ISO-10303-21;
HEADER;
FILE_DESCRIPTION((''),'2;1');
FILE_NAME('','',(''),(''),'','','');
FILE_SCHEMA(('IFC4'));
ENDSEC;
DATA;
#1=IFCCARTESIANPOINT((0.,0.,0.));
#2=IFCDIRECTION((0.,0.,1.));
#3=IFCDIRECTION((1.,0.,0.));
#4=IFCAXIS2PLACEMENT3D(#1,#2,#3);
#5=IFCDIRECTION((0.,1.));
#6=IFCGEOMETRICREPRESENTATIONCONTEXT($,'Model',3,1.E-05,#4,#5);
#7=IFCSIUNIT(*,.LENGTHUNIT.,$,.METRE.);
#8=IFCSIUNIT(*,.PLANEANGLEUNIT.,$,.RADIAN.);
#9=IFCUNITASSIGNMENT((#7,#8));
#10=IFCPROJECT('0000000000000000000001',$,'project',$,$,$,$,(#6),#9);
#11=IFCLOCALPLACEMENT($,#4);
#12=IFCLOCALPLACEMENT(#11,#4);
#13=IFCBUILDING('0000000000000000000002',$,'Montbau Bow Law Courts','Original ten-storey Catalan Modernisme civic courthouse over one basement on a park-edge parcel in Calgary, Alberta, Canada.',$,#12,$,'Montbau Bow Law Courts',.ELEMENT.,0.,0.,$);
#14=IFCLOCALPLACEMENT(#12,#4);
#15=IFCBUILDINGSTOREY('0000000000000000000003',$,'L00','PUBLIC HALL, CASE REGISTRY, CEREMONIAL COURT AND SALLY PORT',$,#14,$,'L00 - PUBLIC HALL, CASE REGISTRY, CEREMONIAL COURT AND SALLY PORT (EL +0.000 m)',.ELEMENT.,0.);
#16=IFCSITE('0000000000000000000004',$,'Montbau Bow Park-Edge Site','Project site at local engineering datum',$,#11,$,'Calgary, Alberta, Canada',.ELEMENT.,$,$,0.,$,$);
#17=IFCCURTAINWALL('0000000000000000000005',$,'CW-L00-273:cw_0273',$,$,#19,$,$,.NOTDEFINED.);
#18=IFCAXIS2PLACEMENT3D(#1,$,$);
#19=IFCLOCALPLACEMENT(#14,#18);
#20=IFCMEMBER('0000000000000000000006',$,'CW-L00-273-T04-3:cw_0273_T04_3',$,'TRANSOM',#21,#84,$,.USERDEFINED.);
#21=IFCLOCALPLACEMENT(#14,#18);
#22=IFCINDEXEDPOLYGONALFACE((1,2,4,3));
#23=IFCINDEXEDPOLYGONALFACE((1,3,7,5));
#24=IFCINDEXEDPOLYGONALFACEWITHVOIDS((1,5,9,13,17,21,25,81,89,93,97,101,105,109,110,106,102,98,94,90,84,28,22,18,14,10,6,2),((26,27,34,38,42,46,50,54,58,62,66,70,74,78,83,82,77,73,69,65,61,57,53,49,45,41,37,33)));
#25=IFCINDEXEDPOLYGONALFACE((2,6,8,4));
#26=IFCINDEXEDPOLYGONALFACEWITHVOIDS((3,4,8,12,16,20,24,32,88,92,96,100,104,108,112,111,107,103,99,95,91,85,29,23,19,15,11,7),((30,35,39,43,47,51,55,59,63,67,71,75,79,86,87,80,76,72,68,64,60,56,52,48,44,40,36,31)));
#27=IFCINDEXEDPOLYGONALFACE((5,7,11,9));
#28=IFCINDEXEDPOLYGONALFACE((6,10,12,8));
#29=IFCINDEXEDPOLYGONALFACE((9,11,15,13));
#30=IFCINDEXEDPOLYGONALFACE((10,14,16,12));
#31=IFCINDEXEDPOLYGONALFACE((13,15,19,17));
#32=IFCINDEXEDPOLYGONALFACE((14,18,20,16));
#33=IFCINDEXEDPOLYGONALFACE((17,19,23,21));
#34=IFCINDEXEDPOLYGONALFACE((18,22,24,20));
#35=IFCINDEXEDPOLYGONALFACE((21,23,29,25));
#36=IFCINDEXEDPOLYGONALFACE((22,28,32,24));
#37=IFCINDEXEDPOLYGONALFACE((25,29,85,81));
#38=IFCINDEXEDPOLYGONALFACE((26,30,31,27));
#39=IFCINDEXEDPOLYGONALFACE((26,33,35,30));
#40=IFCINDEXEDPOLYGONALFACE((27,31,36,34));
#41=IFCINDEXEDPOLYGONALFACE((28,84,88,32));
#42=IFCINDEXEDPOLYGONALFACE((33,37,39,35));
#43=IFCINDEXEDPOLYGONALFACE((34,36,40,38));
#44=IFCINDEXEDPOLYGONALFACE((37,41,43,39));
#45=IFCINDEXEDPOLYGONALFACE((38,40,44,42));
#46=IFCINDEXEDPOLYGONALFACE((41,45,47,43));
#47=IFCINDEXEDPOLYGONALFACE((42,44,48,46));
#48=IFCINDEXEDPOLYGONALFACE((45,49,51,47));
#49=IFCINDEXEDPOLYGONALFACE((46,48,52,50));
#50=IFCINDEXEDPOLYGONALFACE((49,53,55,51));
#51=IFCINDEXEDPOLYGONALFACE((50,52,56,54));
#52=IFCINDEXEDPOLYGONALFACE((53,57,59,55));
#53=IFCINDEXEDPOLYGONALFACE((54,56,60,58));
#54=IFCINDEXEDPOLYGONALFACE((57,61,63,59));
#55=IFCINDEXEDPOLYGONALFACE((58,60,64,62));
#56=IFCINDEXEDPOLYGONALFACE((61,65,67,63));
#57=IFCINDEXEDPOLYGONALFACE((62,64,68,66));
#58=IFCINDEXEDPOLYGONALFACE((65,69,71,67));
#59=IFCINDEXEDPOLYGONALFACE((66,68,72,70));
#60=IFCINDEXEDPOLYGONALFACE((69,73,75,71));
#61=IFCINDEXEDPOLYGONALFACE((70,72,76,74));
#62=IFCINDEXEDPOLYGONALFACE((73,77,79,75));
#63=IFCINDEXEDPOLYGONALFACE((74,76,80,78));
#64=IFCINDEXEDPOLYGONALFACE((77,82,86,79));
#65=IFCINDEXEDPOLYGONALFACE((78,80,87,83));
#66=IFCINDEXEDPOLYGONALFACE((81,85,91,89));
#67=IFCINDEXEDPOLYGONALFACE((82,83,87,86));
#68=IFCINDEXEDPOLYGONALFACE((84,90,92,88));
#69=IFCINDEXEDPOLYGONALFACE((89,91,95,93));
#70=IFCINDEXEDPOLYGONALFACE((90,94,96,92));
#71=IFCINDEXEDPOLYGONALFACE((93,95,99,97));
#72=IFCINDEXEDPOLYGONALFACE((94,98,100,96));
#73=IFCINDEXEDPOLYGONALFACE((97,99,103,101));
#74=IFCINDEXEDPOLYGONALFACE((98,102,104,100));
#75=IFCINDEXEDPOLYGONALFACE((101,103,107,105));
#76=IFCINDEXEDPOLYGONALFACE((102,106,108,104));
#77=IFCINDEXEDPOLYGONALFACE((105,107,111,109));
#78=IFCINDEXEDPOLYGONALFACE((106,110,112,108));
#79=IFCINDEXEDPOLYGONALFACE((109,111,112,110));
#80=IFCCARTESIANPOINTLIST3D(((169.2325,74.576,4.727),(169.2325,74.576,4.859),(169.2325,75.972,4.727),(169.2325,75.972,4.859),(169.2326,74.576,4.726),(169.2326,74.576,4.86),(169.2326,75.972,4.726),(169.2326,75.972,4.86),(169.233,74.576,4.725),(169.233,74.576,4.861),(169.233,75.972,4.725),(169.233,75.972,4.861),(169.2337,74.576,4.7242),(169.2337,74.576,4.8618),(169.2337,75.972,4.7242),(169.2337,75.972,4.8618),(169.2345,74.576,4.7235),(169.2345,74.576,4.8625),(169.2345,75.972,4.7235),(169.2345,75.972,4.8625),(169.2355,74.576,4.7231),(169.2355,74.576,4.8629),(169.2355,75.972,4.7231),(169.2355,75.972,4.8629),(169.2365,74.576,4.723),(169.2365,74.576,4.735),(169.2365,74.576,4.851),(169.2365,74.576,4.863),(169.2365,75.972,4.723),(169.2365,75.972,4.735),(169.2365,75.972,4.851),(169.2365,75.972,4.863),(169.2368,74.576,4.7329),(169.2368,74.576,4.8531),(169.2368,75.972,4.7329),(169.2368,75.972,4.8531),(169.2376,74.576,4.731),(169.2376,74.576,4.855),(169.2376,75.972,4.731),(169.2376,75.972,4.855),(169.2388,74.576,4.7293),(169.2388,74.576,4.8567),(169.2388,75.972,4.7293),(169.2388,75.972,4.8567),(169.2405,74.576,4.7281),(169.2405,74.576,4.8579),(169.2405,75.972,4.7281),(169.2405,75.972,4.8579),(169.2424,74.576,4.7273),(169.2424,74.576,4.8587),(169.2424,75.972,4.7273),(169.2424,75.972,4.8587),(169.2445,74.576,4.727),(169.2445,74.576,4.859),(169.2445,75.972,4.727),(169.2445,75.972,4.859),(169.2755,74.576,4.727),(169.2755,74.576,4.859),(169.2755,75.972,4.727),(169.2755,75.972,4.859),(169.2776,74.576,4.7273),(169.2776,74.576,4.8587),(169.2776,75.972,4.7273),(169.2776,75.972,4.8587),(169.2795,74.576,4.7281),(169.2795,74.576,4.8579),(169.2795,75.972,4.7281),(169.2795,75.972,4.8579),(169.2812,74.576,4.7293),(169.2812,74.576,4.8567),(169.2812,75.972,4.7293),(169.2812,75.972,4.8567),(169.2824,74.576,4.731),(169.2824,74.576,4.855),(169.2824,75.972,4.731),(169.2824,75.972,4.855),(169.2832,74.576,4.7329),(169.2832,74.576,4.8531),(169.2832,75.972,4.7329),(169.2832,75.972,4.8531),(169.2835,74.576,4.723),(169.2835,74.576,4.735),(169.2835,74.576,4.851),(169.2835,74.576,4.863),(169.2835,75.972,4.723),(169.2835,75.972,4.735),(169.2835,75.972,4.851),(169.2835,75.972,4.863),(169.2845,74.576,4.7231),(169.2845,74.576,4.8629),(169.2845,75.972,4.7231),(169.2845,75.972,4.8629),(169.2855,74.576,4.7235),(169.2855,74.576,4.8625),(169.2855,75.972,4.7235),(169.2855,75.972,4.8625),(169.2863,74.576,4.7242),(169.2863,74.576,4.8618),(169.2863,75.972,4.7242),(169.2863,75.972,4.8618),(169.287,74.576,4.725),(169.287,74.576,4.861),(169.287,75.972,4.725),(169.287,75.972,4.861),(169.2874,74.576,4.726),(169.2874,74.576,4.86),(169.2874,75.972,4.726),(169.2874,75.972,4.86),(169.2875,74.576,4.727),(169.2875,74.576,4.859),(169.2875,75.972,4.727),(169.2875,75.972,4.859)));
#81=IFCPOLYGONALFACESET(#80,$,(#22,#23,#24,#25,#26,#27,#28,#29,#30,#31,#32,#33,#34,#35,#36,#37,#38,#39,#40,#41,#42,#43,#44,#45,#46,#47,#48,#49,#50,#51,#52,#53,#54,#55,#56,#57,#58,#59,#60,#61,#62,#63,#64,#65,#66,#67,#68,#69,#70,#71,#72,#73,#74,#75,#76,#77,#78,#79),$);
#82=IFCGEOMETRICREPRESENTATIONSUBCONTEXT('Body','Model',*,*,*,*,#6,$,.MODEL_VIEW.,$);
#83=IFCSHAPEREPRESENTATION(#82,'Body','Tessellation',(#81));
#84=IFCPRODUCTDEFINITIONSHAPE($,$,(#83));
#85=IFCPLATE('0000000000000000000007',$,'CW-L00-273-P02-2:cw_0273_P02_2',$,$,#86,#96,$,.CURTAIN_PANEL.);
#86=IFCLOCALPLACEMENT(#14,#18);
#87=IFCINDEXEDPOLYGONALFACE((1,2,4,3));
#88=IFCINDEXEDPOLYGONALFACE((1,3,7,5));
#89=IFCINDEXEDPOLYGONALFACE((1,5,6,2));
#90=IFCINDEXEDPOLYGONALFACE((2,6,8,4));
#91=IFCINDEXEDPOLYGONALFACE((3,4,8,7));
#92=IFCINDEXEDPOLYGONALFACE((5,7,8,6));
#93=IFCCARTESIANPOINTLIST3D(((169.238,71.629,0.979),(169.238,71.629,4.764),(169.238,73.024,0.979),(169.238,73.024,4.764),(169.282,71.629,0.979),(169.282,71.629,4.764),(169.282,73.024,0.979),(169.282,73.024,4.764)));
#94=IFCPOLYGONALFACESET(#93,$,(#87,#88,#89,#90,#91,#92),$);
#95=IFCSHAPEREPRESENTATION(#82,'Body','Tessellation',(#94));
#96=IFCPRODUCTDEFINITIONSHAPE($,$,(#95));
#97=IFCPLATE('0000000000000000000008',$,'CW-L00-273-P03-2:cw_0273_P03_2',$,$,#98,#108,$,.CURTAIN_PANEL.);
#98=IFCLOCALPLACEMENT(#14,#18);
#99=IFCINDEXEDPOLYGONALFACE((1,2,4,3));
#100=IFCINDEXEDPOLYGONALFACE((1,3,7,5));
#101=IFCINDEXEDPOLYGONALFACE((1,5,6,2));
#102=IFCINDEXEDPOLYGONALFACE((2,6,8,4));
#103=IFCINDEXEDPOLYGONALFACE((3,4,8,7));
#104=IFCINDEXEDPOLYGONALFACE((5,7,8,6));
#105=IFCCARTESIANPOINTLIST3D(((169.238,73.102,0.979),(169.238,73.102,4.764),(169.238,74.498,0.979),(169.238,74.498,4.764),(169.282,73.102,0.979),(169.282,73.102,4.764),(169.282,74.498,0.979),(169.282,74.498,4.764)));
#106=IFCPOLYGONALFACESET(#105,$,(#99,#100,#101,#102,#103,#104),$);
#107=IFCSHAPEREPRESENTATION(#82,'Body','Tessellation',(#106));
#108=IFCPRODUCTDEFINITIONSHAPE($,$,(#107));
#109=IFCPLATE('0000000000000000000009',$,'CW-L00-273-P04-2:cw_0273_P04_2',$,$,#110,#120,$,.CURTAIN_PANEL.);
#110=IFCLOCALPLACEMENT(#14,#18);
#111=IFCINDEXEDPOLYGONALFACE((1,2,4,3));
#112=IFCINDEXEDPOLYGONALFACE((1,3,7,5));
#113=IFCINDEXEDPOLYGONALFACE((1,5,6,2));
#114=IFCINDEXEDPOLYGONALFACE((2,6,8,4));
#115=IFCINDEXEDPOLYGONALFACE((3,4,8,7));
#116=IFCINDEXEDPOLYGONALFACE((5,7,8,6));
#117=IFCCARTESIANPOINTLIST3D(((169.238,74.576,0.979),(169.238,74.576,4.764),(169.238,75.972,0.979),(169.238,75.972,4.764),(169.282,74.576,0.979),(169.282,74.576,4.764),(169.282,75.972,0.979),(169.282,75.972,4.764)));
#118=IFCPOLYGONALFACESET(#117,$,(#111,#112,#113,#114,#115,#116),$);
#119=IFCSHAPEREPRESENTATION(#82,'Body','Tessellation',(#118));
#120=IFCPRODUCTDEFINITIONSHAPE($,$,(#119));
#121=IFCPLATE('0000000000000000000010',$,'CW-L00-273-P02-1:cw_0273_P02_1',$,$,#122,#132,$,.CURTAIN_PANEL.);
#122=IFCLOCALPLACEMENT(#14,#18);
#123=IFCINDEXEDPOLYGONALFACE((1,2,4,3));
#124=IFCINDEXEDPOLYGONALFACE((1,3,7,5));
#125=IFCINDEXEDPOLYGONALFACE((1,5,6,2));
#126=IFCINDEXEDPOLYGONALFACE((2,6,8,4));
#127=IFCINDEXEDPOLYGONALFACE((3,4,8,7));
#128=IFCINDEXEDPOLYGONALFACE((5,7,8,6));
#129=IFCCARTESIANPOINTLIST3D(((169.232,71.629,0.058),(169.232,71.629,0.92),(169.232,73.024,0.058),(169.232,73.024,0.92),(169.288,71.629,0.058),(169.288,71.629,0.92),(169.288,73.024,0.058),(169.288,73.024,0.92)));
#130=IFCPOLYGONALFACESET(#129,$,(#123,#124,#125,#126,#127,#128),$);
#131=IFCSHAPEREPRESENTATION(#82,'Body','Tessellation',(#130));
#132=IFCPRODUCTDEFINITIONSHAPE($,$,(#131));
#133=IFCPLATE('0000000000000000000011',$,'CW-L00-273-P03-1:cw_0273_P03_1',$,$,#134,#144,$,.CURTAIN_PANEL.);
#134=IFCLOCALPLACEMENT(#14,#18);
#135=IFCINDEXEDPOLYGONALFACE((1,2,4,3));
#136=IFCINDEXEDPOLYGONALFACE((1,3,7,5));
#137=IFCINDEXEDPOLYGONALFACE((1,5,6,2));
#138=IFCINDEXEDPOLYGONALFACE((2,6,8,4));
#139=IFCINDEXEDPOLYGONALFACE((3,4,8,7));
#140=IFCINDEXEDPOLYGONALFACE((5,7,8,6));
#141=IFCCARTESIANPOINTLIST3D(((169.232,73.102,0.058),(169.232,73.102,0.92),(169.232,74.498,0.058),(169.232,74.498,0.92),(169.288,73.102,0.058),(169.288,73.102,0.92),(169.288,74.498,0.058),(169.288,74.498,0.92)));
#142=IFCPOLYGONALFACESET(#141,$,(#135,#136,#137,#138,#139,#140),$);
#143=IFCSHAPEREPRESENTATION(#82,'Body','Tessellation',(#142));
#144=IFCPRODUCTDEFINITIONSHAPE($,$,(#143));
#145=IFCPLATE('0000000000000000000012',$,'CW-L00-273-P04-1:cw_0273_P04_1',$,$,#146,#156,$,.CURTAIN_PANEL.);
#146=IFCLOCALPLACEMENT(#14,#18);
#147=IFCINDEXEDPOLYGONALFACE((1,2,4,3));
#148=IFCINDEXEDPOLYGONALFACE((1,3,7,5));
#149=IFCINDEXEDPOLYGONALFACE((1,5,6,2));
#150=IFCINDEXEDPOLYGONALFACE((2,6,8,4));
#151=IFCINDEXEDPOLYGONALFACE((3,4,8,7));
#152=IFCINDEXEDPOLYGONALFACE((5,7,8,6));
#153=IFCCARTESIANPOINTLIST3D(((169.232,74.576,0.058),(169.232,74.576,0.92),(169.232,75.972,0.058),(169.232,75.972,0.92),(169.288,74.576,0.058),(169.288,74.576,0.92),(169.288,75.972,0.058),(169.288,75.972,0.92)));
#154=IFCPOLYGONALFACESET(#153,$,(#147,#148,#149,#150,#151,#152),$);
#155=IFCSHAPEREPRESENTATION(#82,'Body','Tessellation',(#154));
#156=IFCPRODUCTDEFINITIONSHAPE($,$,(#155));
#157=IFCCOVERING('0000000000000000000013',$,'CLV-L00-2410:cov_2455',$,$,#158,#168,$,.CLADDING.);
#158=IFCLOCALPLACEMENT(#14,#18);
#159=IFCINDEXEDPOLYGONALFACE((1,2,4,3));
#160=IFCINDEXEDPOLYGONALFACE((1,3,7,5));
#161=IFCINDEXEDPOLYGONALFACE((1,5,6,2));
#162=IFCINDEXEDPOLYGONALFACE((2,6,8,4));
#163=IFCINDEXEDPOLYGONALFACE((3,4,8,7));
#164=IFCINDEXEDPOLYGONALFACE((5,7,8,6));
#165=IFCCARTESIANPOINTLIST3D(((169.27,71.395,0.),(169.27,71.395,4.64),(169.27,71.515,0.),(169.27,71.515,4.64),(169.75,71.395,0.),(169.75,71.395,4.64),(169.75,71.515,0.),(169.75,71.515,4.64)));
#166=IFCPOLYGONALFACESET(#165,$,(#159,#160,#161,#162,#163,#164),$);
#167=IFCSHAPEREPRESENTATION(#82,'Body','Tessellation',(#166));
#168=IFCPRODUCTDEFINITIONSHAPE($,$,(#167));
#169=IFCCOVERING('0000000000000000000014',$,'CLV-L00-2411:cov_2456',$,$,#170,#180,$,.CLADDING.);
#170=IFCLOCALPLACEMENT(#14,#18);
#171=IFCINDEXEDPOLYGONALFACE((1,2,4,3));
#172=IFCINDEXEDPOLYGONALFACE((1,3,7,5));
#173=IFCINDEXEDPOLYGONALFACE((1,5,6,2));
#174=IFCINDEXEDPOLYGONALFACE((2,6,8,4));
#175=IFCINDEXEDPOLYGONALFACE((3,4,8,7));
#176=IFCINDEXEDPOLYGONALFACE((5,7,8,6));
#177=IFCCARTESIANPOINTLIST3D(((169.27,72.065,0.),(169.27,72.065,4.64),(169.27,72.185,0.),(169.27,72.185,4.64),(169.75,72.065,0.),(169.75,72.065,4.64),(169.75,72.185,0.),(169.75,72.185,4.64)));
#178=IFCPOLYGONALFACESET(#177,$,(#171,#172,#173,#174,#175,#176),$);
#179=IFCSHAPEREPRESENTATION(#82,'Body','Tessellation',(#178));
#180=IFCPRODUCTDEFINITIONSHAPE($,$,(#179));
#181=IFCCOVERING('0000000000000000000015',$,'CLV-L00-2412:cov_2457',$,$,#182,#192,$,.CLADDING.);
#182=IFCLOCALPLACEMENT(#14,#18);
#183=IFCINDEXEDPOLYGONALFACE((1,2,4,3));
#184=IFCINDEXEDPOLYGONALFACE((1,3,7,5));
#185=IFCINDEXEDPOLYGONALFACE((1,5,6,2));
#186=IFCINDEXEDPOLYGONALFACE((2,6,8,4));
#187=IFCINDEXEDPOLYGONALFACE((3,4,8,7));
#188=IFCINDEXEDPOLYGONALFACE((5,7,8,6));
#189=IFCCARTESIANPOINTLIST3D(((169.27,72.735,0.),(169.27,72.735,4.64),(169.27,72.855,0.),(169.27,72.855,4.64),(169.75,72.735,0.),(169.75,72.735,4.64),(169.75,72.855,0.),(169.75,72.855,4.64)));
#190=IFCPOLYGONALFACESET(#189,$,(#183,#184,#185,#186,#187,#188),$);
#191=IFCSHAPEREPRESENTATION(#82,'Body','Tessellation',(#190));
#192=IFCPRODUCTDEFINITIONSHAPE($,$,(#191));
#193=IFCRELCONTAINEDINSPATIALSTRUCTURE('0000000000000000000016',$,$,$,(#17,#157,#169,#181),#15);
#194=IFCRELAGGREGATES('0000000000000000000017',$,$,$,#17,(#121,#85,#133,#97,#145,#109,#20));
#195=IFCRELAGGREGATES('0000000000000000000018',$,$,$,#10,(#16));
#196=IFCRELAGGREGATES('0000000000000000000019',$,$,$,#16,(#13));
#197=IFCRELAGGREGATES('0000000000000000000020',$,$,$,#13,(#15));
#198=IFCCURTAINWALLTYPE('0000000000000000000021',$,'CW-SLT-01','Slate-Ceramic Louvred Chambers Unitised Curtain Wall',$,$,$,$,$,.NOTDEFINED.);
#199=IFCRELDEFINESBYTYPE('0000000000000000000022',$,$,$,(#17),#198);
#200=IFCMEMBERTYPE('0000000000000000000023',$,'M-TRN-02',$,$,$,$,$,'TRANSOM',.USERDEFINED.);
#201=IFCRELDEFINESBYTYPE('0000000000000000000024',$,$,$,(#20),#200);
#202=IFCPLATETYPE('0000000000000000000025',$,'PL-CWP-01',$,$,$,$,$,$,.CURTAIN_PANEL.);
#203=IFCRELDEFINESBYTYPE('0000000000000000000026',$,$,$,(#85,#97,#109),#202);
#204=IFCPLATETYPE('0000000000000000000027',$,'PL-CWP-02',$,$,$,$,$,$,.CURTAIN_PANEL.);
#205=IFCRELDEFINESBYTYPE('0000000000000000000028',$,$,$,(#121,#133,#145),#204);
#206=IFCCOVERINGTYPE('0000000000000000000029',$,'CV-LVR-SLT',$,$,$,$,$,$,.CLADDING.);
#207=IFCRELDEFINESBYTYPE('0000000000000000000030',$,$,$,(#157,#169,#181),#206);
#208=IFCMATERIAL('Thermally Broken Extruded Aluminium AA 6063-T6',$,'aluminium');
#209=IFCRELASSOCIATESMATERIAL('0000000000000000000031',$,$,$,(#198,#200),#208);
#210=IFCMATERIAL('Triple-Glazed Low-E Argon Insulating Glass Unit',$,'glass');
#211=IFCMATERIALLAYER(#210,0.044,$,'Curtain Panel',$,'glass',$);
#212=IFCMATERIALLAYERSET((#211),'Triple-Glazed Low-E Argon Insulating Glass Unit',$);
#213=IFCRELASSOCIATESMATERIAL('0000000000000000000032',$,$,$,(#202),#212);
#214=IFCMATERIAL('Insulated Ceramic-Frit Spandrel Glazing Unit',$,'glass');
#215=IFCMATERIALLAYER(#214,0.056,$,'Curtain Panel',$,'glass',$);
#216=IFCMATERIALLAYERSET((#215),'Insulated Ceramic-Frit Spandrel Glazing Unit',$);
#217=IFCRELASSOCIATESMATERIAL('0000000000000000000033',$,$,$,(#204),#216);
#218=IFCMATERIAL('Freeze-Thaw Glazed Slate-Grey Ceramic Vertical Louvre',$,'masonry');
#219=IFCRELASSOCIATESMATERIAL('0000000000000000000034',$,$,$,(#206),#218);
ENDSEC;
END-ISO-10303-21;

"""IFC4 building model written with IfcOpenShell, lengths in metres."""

from ifc_helpers import new_model, si_unit, direction, frame, frame_2d, origin_with_axes, origin_2d_with_axis, place, context, subcontext, project, spatial, rectangle, hollow_rectangle, extrude, material, layer, layer_set, material_profile, profile_set, type_object, element, aggregate, save


model = new_model("IFC4")

# Units and contexts
model_context = context("Model", 3, precision=1e-05, world=origin_with_axes(), true_north=direction((0.0, 1.0)))
body_context = subcontext(model_context, "Body", "Model", "MODEL_VIEW")
ifc_project = project(units=[si_unit("LENGTHUNIT", "METRE"), si_unit("PLANEANGLEUNIT", "RADIAN")], contexts=[model_context])

# Site, building, storey
site_placement = place(None, origin_with_axes())
site = spatial("IfcSite", under=ifc_project, at=site_placement, Name="Montbau Bow Park-Edge Site", Description="Project site at local engineering datum", LongName="Calgary, Alberta, Canada", CompositionType="ELEMENT", RefElevation=0.0)
building_placement = place(site_placement, origin_with_axes())
building = spatial("IfcBuilding", under=site, at=building_placement, Name="Montbau Bow Law Courts", Description="Original ten-storey Catalan Modernisme civic courthouse over one basement on a park-edge parcel in Calgary, Alberta, Canada.", LongName="Montbau Bow Law Courts", CompositionType="ELEMENT", ElevationOfRefHeight=0.0, ElevationOfTerrain=0.0)
storey_placement = place(building_placement, origin_with_axes())
storey = spatial("IfcBuildingStorey", under=building, at=storey_placement, Name="L00", Description="PUBLIC HALL, CASE REGISTRY, CEREMONIAL COURT AND SALLY PORT", LongName="L00 - PUBLIC HALL, CASE REGISTRY, CEREMONIAL COURT AND SALLY PORT (EL +0.000 m)", CompositionType="ELEMENT", Elevation=0.0)

# Curtain wall, member, plates
ifc_material_1 = material(Name="Thermally Broken Extruded Aluminium AA 6063-T6", Category="aluminium")
curtain_wall_type = type_object("IfcCurtainWallType", Name="CW-SLT-01", Description="Slate-Ceramic Louvred Chambers Unitised Curtain Wall", PredefinedType="NOTDEFINED", material=ifc_material_1)
curtain_wall_placement = place(None, frame((169.26, 70.115, 0.0), z_axis=(0.0, 0.0, 1.0), x_axis=(1.0, 0.0, 0.0)))
curtain_wall = element("IfcCurtainWall", 1, at=curtain_wall_placement, inside=storey, type_object=curtain_wall_type, Name="CW-L00-273:cw_0273", PredefinedType="NOTDEFINED")
ifc_material_profile_1 = material_profile(ifc_material_1, hollow_rectangle(XDim=0.055, YDim=0.14, WallThickness=0.004, InnerFilletRadius=0.008, OuterFilletRadius=0.004, at=origin_2d_with_axis()), Name="CWT-140X55", Category="Main", Priority=0)
ifc_profile_set_1 = profile_set([ifc_material_profile_1], Name="Thermally Broken Extruded Aluminium AA 6063-T6")
member_type_1 = type_object("IfcMemberType", Name="M-TRN-02", ElementType="TRANSOM", PredefinedType="USERDEFINED", material=ifc_profile_set_1)
member_1_placement = place(None, frame((169.26, 74.576, 4.793), z_axis=(0.0, 1.0, 0.0), x_axis=(-1.0, 0.0, 0.0)))
member_1 = element("IfcMember", 2, at=member_1_placement, type_object=member_type_1, Name="CW-L00-273-T04-3:cw_0273_T04_3", ObjectType="TRANSOM", PredefinedType="USERDEFINED", context=body_context, shape_type="SweptSolid", body=[
    extrude(hollow_rectangle(XDim=0.055, YDim=0.14, WallThickness=0.004, InnerFilletRadius=0.008, OuterFilletRadius=0.004, at=origin_2d_with_axis()), origin_with_axes(), (0.0, 0.0, 1.0), 1.396),
])
ifc_material_2 = material(Name="Triple-Glazed Low-E Argon Insulating Glass Unit", Category="glass")
ifc_layer_1 = layer(ifc_material_2, 0.044, Name="Curtain Panel", Category="glass")
ifc_layer_set_1 = layer_set([ifc_layer_1], Name="Triple-Glazed Low-E Argon Insulating Glass Unit")
plate_type_1 = type_object("IfcPlateType", Name="PL-CWP-01", PredefinedType="CURTAIN_PANEL", material=ifc_layer_set_1)
plate_1_placement = place(None, frame((169.26, 71.629, 0.979), z_axis=(1.0, 0.0, 0.0), x_axis=(0.0, 1.0, 0.0)))
plate_1 = element("IfcPlate", 3, at=plate_1_placement, type_object=plate_type_1, Name="CW-L00-273-P02-2:cw_0273_P02_2", PredefinedType="CURTAIN_PANEL", context=body_context, shape_type="SweptSolid", body=[
    extrude(rectangle(XDim=1.395, YDim=3.785, at=frame_2d((0.6975, 1.8925), x_axis=(1.0, 0.0))), frame((0.0, 0.0, -0.022), z_axis=(0.0, 0.0, 1.0), x_axis=(1.0, 0.0, 0.0)), (0.0, 0.0, 1.0), 0.044),
])
plate_2_placement = place(None, frame((169.26, 73.102, 0.979), z_axis=(1.0, 0.0, 0.0), x_axis=(0.0, 1.0, 0.0)))
plate_2 = element("IfcPlate", 4, at=plate_2_placement, type_object=plate_type_1, Name="CW-L00-273-P03-2:cw_0273_P03_2", PredefinedType="CURTAIN_PANEL", context=body_context, shape_type="SweptSolid", body=[
    extrude(rectangle(XDim=1.396, YDim=3.785, at=frame_2d((0.698, 1.8925), x_axis=(1.0, 0.0))), frame((0.0, 0.0, -0.022), z_axis=(0.0, 0.0, 1.0), x_axis=(1.0, 0.0, 0.0)), (0.0, 0.0, 1.0), 0.044),
])
plate_3_placement = place(None, frame((169.26, 74.576, 0.979), z_axis=(1.0, 0.0, 0.0), x_axis=(0.0, 1.0, 0.0)))
plate_3 = element("IfcPlate", 5, at=plate_3_placement, type_object=plate_type_1, Name="CW-L00-273-P04-2:cw_0273_P04_2", PredefinedType="CURTAIN_PANEL", context=body_context, shape_type="SweptSolid", body=[
    extrude(rectangle(XDim=1.396, YDim=3.785, at=frame_2d((0.698, 1.8925), x_axis=(1.0, 0.0))), frame((0.0, 0.0, -0.022), z_axis=(0.0, 0.0, 1.0), x_axis=(1.0, 0.0, 0.0)), (0.0, 0.0, 1.0), 0.044),
])
ifc_material_3 = material(Name="Insulated Ceramic-Frit Spandrel Glazing Unit", Category="glass")
ifc_layer_2 = layer(ifc_material_3, 0.056, Name="Curtain Panel", Category="glass")
ifc_layer_set_2 = layer_set([ifc_layer_2], Name="Insulated Ceramic-Frit Spandrel Glazing Unit")
plate_type_2 = type_object("IfcPlateType", Name="PL-CWP-02", PredefinedType="CURTAIN_PANEL", material=ifc_layer_set_2)
plate_4_placement = place(None, frame((169.26, 71.629, 0.058), z_axis=(1.0, 0.0, 0.0), x_axis=(0.0, 1.0, 0.0)))
plate_4 = element("IfcPlate", 6, at=plate_4_placement, type_object=plate_type_2, Name="CW-L00-273-P02-1:cw_0273_P02_1", PredefinedType="CURTAIN_PANEL", context=body_context, shape_type="SweptSolid", body=[
    extrude(rectangle(XDim=1.395, YDim=0.862, at=frame_2d((0.6975, 0.431), x_axis=(1.0, 0.0))), frame((0.0, 0.0, -0.028), z_axis=(0.0, 0.0, 1.0), x_axis=(1.0, 0.0, 0.0)), (0.0, 0.0, 1.0), 0.056),
])
plate_5_placement = place(None, frame((169.26, 73.102, 0.058), z_axis=(1.0, 0.0, 0.0), x_axis=(0.0, 1.0, 0.0)))
plate_5 = element("IfcPlate", 7, at=plate_5_placement, type_object=plate_type_2, Name="CW-L00-273-P03-1:cw_0273_P03_1", PredefinedType="CURTAIN_PANEL", context=body_context, shape_type="SweptSolid", body=[
    extrude(rectangle(XDim=1.396, YDim=0.862, at=frame_2d((0.698, 0.431), x_axis=(1.0, 0.0))), frame((0.0, 0.0, -0.028), z_axis=(0.0, 0.0, 1.0), x_axis=(1.0, 0.0, 0.0)), (0.0, 0.0, 1.0), 0.056),
])
plate_6_placement = place(None, frame((169.26, 74.576, 0.058), z_axis=(1.0, 0.0, 0.0), x_axis=(0.0, 1.0, 0.0)))
plate_6 = element("IfcPlate", 8, at=plate_6_placement, type_object=plate_type_2, Name="CW-L00-273-P04-1:cw_0273_P04_1", PredefinedType="CURTAIN_PANEL", context=body_context, shape_type="SweptSolid", body=[
    extrude(rectangle(XDim=1.396, YDim=0.862, at=frame_2d((0.698, 0.431), x_axis=(1.0, 0.0))), frame((0.0, 0.0, -0.028), z_axis=(0.0, 0.0, 1.0), x_axis=(1.0, 0.0, 0.0)), (0.0, 0.0, 1.0), 0.056),
])
aggregate(curtain_wall, [plate_4, plate_1, plate_5, plate_2, plate_6, plate_3, member_1])

# Coverings
ifc_material_4 = material(Name="Freeze-Thaw Glazed Slate-Grey Ceramic Vertical Louvre", Category="masonry")
covering_type = type_object("IfcCoveringType", Name="CV-LVR-SLT", PredefinedType="CLADDING", material=ifc_material_4)
for number, where, z_axis, x_axis, name in (
    (9, (169.27, 71.455, 0.0), (0.0, -1.0, 0.0), (1.0, 0.0, 0.0), "CLV-L00-2410:cov_2455"),
    (10, (169.27, 72.125, 0.0), (0.0, -1.0, 0.0), (1.0, 0.0, 0.0), "CLV-L00-2411:cov_2456"),
    (11, (169.27, 72.795, 0.0), (0.0, -1.0, 0.0), (1.0, 0.0, 0.0), "CLV-L00-2412:cov_2457"),
):
    element("IfcCovering", number, at=place(None, frame(where, z_axis=z_axis, x_axis=x_axis)), inside=storey, type_object=covering_type, Name=name, PredefinedType="CLADDING", context=body_context, shape_type="SweptSolid", body=[
        extrude(rectangle(XDim=0.48, YDim=4.64, at=frame_2d((0.24, 2.32), x_axis=(1.0, 0.0))), frame((0.0, 0.0, -0.06), z_axis=(0.0, 0.0, 1.0), x_axis=(1.0, 0.0, 0.0)), (0.0, 0.0, 1.0), 0.12),
    ])

save(model, "model.ifc")
